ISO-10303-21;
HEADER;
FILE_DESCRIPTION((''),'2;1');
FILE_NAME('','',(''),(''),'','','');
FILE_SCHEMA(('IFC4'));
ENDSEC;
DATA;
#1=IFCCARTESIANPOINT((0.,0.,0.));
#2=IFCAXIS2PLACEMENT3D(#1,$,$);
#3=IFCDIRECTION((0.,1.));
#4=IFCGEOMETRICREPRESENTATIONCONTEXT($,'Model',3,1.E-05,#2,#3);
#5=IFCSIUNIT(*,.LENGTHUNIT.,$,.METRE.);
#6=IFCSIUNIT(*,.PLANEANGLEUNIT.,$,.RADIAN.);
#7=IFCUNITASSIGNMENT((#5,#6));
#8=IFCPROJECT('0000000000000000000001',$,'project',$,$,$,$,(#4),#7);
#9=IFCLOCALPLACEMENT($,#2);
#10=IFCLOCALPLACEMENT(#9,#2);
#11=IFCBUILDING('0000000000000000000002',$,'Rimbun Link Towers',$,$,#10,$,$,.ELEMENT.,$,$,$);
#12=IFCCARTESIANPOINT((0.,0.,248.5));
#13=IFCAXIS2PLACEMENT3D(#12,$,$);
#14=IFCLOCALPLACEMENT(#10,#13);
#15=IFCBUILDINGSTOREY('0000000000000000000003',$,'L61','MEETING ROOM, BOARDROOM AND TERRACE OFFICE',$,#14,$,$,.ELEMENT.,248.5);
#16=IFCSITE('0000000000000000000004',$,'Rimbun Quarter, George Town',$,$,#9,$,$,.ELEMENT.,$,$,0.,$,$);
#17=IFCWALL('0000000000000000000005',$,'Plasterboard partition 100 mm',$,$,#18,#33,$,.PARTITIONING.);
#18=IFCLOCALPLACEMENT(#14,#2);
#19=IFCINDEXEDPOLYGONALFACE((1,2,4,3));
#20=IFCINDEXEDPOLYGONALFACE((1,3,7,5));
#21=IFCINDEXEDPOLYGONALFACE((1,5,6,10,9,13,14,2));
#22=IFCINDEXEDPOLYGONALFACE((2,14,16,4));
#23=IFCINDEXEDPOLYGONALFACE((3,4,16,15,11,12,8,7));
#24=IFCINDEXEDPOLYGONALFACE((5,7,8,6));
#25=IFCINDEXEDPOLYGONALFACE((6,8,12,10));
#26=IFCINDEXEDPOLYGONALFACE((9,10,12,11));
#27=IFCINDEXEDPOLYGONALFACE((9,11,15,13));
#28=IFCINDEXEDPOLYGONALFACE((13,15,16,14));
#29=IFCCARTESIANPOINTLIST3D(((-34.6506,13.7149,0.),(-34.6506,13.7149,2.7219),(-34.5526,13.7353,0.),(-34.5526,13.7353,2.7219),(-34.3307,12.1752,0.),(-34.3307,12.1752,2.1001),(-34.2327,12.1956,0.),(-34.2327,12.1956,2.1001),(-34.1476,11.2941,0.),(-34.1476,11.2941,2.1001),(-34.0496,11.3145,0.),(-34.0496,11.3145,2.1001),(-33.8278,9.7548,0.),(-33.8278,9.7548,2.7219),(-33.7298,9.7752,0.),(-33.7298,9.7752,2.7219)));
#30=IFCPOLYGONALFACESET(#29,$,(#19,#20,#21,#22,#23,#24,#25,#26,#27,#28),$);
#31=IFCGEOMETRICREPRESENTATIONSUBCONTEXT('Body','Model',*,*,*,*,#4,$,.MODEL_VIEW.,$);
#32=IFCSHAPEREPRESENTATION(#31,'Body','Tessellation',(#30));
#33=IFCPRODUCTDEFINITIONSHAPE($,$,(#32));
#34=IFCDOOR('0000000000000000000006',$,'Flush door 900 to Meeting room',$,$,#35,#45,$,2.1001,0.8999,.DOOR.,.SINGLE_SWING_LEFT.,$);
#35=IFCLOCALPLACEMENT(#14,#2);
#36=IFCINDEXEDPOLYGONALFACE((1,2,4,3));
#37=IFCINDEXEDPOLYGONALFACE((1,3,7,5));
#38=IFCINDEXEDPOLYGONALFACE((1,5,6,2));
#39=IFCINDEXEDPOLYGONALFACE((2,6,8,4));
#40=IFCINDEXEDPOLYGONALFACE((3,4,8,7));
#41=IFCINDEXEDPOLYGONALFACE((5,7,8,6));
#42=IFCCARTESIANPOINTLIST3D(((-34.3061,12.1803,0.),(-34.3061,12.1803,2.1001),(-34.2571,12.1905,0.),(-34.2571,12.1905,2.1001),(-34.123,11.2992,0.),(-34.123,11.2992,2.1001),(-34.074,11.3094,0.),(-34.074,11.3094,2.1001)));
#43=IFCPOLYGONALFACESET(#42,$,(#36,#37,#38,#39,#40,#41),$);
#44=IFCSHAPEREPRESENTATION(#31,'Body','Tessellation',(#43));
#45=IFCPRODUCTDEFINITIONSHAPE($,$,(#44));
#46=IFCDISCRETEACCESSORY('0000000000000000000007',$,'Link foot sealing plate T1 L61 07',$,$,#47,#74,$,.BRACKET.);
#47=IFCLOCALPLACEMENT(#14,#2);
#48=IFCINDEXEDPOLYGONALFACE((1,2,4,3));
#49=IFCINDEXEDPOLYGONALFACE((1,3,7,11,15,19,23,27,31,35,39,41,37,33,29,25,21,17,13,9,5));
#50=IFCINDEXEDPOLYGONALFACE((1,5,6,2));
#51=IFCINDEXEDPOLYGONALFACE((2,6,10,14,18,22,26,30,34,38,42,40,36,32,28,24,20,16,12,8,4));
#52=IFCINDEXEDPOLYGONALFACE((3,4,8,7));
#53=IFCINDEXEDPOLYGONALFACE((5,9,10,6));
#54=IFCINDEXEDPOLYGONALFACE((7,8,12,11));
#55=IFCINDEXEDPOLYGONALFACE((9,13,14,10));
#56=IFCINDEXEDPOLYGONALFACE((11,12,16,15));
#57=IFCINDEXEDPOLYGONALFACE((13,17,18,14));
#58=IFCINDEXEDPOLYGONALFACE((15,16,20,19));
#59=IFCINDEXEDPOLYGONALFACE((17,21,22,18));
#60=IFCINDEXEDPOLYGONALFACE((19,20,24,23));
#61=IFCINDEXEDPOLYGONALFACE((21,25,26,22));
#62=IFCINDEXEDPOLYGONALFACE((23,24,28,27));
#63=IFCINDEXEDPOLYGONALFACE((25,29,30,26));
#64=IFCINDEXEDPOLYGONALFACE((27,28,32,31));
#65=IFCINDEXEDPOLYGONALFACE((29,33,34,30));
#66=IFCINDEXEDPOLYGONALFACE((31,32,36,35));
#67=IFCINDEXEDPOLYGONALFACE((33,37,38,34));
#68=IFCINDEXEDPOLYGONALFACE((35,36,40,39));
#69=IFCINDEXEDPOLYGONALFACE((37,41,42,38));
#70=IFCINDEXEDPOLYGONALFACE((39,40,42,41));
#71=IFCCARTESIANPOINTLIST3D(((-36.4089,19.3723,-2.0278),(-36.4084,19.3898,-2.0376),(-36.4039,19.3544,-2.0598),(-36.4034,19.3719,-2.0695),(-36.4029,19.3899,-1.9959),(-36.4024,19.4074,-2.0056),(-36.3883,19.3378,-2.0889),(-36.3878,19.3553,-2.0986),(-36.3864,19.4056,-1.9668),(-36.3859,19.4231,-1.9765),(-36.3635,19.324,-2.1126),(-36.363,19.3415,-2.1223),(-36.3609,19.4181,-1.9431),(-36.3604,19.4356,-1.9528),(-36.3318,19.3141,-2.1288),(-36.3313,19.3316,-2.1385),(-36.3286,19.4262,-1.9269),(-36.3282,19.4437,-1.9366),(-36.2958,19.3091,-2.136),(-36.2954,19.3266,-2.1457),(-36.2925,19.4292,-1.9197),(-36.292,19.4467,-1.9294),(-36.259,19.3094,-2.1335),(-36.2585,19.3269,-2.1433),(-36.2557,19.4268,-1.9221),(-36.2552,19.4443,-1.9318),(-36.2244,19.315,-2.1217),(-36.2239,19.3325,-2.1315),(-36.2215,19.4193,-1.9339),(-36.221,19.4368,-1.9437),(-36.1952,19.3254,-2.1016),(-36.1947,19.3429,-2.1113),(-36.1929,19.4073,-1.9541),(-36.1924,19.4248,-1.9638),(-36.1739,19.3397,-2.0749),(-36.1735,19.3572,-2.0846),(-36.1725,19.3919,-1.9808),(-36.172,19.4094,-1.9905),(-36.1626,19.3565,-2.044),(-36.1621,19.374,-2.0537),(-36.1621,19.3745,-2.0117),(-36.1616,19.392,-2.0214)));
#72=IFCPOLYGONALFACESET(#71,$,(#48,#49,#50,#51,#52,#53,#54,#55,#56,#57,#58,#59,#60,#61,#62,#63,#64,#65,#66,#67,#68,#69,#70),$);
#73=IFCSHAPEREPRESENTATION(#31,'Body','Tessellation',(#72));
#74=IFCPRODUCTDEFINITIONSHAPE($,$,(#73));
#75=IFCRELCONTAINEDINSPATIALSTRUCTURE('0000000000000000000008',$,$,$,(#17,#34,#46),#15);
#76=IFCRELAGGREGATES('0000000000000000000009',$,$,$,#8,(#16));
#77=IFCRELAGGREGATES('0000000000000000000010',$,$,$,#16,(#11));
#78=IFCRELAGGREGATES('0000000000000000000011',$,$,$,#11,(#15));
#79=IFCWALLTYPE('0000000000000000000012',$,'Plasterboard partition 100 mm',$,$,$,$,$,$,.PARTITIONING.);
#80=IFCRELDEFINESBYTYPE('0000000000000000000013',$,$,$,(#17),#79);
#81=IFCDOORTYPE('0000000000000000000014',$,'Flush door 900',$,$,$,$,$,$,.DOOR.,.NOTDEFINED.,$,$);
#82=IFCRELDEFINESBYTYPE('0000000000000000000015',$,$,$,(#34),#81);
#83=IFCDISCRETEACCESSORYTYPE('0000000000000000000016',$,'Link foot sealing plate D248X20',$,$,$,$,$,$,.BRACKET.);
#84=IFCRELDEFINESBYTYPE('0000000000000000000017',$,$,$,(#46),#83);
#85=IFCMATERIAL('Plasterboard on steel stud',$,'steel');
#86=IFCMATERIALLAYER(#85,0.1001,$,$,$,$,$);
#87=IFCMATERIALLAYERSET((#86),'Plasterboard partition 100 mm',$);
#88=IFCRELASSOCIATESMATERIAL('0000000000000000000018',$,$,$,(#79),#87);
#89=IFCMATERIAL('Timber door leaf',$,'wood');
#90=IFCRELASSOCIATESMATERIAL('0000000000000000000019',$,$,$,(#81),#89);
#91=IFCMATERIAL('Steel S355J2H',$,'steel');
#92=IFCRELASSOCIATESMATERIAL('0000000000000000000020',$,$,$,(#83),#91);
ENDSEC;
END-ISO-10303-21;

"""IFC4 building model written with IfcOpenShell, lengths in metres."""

from ifc_helpers import new_model, si_unit, direction, frame, frame_2d, origin, origin_2d, place, context, subcontext, project, spatial, rectangle, circle, extrude, material, layer, layer_set, material_profile, profile_set, type_object, element, fill, save


model = new_model("IFC4")

# Units and contexts
model_context = context("Model", 3, precision=1e-05, world=origin(), true_north=direction((0.0, 1.0)))
body_context = subcontext(model_context, "Body", "Model", "MODEL_VIEW")
ifc_project = project(units=[si_unit("LENGTHUNIT", "METRE"), si_unit("PLANEANGLEUNIT", "RADIAN")], contexts=[model_context])

# Site, building, storey
site_placement = place(None, origin())
site = spatial("IfcSite", under=ifc_project, at=site_placement, Name="Rimbun Quarter, George Town", CompositionType="ELEMENT", RefElevation=0.0)
building_placement = place(site_placement, origin())
building = spatial("IfcBuilding", under=site, at=building_placement, Name="Rimbun Link Towers", CompositionType="ELEMENT")
storey_placement = place(building_placement, frame((0.0, 0.0, 248.5)))
storey = spatial("IfcBuildingStorey", under=building, at=storey_placement, Name="L61", Description="MEETING ROOM, BOARDROOM AND TERRACE OFFICE", CompositionType="ELEMENT", Elevation=248.5)

# Wall, opening, door
ifc_material_1 = material(Name="Plasterboard on steel stud", Category="steel")
ifc_layer_1 = layer(ifc_material_1, 0.1001)
ifc_layer_set_1 = layer_set([ifc_layer_1], Name="Plasterboard partition 100 mm")
wall_type = type_object("IfcWallType", Name="Plasterboard partition 100 mm", PredefinedType="PARTITIONING", material=ifc_layer_set_1)
wall_placement = place(storey_placement, frame((-33.7788, 9.7649, 0.0), z_axis=(0.0, 0.0, 1.0), x_axis=(-0.203412, 0.979093, 0.0)))
wall = element("IfcWall", 1, at=wall_placement, inside=storey, type_object=wall_type, Name="Plasterboard partition 100 mm", PredefinedType="PARTITIONING", context=body_context, shape_type="SweptSolid", body=[
    extrude(rectangle(XDim=4.0447, YDim=0.1001, at=frame_2d((2.0225, 0.0))), origin(), (0.0, 0.0, 1.0), 2.7219),
])
opening_placement = place(wall_placement, frame((1.5723, 0.0, 0.0)))
opening = element("IfcOpeningElement", 2, at=opening_placement, cuts=wall, PredefinedType="OPENING", context=body_context, shape_type="SweptSolid", body=[
    extrude(rectangle(XDim=0.8999, YDim=2.1001, at=frame_2d((0.45, 1.05))), frame((0.0, 0.0601, 0.0), z_axis=(0.0, -1.0, 0.0), x_axis=(1.0, 0.0, 0.0)), (0.0, 0.0, 1.0), 0.1201),
])
ifc_material_2 = material(Name="Timber door leaf", Category="wood")
door_type = type_object("IfcDoorType", Name="Flush door 900", OperationType="NOTDEFINED", PredefinedType="DOOR", material=ifc_material_2)
door_placement = place(opening_placement, origin())
door = element("IfcDoor", 3, at=door_placement, inside=storey, type_object=door_type, Name="Flush door 900 to Meeting room", OperationType="SINGLE_SWING_LEFT", OverallHeight=2.1001, OverallWidth=0.8999, PredefinedType="DOOR", context=body_context, shape_type="SweptSolid", body=[
    extrude(rectangle(XDim=0.8999, YDim=2.1001, at=frame_2d((0.45, 1.05))), frame((0.0, 0.0249, 0.0), z_axis=(0.0, -1.0, 0.0), x_axis=(1.0, 0.0, 0.0)), (0.0, 0.0, 1.0), 0.05),
])
fill(opening, door)

# Discrete accessory
ifc_material_3 = material(Name="Steel S355J2H", Category="steel")
ifc_material_profile_1 = material_profile(ifc_material_3, circle(Radius=0.124, at=origin_2d()), Name="PL D248")
ifc_profile_set_1 = profile_set([ifc_material_profile_1], Name="Steel S355J2H")
discrete_accessory_type = type_object("IfcDiscreteAccessoryType", Name="Link foot sealing plate D248X20", PredefinedType="BRACKET", material=ifc_profile_set_1)
discrete_accessory_placement = place(storey_placement, frame((-36.2849, 19.3689, -2.0278), z_axis=(0.024275, 0.8739, -0.4855), x_axis=(-0.999614, 0.027767, 0.0)))
element("IfcDiscreteAccessory", 4, at=discrete_accessory_placement, inside=storey, type_object=discrete_accessory_type, Name="Link foot sealing plate T1 L61 07", PredefinedType="BRACKET", context=body_context, shape_type="SweptSolid", body=[
    extrude(circle(Radius=0.124, at=origin_2d()), origin(), (0.0, 0.0, 1.0), 0.02),
])

save(model, "model.ifc")
